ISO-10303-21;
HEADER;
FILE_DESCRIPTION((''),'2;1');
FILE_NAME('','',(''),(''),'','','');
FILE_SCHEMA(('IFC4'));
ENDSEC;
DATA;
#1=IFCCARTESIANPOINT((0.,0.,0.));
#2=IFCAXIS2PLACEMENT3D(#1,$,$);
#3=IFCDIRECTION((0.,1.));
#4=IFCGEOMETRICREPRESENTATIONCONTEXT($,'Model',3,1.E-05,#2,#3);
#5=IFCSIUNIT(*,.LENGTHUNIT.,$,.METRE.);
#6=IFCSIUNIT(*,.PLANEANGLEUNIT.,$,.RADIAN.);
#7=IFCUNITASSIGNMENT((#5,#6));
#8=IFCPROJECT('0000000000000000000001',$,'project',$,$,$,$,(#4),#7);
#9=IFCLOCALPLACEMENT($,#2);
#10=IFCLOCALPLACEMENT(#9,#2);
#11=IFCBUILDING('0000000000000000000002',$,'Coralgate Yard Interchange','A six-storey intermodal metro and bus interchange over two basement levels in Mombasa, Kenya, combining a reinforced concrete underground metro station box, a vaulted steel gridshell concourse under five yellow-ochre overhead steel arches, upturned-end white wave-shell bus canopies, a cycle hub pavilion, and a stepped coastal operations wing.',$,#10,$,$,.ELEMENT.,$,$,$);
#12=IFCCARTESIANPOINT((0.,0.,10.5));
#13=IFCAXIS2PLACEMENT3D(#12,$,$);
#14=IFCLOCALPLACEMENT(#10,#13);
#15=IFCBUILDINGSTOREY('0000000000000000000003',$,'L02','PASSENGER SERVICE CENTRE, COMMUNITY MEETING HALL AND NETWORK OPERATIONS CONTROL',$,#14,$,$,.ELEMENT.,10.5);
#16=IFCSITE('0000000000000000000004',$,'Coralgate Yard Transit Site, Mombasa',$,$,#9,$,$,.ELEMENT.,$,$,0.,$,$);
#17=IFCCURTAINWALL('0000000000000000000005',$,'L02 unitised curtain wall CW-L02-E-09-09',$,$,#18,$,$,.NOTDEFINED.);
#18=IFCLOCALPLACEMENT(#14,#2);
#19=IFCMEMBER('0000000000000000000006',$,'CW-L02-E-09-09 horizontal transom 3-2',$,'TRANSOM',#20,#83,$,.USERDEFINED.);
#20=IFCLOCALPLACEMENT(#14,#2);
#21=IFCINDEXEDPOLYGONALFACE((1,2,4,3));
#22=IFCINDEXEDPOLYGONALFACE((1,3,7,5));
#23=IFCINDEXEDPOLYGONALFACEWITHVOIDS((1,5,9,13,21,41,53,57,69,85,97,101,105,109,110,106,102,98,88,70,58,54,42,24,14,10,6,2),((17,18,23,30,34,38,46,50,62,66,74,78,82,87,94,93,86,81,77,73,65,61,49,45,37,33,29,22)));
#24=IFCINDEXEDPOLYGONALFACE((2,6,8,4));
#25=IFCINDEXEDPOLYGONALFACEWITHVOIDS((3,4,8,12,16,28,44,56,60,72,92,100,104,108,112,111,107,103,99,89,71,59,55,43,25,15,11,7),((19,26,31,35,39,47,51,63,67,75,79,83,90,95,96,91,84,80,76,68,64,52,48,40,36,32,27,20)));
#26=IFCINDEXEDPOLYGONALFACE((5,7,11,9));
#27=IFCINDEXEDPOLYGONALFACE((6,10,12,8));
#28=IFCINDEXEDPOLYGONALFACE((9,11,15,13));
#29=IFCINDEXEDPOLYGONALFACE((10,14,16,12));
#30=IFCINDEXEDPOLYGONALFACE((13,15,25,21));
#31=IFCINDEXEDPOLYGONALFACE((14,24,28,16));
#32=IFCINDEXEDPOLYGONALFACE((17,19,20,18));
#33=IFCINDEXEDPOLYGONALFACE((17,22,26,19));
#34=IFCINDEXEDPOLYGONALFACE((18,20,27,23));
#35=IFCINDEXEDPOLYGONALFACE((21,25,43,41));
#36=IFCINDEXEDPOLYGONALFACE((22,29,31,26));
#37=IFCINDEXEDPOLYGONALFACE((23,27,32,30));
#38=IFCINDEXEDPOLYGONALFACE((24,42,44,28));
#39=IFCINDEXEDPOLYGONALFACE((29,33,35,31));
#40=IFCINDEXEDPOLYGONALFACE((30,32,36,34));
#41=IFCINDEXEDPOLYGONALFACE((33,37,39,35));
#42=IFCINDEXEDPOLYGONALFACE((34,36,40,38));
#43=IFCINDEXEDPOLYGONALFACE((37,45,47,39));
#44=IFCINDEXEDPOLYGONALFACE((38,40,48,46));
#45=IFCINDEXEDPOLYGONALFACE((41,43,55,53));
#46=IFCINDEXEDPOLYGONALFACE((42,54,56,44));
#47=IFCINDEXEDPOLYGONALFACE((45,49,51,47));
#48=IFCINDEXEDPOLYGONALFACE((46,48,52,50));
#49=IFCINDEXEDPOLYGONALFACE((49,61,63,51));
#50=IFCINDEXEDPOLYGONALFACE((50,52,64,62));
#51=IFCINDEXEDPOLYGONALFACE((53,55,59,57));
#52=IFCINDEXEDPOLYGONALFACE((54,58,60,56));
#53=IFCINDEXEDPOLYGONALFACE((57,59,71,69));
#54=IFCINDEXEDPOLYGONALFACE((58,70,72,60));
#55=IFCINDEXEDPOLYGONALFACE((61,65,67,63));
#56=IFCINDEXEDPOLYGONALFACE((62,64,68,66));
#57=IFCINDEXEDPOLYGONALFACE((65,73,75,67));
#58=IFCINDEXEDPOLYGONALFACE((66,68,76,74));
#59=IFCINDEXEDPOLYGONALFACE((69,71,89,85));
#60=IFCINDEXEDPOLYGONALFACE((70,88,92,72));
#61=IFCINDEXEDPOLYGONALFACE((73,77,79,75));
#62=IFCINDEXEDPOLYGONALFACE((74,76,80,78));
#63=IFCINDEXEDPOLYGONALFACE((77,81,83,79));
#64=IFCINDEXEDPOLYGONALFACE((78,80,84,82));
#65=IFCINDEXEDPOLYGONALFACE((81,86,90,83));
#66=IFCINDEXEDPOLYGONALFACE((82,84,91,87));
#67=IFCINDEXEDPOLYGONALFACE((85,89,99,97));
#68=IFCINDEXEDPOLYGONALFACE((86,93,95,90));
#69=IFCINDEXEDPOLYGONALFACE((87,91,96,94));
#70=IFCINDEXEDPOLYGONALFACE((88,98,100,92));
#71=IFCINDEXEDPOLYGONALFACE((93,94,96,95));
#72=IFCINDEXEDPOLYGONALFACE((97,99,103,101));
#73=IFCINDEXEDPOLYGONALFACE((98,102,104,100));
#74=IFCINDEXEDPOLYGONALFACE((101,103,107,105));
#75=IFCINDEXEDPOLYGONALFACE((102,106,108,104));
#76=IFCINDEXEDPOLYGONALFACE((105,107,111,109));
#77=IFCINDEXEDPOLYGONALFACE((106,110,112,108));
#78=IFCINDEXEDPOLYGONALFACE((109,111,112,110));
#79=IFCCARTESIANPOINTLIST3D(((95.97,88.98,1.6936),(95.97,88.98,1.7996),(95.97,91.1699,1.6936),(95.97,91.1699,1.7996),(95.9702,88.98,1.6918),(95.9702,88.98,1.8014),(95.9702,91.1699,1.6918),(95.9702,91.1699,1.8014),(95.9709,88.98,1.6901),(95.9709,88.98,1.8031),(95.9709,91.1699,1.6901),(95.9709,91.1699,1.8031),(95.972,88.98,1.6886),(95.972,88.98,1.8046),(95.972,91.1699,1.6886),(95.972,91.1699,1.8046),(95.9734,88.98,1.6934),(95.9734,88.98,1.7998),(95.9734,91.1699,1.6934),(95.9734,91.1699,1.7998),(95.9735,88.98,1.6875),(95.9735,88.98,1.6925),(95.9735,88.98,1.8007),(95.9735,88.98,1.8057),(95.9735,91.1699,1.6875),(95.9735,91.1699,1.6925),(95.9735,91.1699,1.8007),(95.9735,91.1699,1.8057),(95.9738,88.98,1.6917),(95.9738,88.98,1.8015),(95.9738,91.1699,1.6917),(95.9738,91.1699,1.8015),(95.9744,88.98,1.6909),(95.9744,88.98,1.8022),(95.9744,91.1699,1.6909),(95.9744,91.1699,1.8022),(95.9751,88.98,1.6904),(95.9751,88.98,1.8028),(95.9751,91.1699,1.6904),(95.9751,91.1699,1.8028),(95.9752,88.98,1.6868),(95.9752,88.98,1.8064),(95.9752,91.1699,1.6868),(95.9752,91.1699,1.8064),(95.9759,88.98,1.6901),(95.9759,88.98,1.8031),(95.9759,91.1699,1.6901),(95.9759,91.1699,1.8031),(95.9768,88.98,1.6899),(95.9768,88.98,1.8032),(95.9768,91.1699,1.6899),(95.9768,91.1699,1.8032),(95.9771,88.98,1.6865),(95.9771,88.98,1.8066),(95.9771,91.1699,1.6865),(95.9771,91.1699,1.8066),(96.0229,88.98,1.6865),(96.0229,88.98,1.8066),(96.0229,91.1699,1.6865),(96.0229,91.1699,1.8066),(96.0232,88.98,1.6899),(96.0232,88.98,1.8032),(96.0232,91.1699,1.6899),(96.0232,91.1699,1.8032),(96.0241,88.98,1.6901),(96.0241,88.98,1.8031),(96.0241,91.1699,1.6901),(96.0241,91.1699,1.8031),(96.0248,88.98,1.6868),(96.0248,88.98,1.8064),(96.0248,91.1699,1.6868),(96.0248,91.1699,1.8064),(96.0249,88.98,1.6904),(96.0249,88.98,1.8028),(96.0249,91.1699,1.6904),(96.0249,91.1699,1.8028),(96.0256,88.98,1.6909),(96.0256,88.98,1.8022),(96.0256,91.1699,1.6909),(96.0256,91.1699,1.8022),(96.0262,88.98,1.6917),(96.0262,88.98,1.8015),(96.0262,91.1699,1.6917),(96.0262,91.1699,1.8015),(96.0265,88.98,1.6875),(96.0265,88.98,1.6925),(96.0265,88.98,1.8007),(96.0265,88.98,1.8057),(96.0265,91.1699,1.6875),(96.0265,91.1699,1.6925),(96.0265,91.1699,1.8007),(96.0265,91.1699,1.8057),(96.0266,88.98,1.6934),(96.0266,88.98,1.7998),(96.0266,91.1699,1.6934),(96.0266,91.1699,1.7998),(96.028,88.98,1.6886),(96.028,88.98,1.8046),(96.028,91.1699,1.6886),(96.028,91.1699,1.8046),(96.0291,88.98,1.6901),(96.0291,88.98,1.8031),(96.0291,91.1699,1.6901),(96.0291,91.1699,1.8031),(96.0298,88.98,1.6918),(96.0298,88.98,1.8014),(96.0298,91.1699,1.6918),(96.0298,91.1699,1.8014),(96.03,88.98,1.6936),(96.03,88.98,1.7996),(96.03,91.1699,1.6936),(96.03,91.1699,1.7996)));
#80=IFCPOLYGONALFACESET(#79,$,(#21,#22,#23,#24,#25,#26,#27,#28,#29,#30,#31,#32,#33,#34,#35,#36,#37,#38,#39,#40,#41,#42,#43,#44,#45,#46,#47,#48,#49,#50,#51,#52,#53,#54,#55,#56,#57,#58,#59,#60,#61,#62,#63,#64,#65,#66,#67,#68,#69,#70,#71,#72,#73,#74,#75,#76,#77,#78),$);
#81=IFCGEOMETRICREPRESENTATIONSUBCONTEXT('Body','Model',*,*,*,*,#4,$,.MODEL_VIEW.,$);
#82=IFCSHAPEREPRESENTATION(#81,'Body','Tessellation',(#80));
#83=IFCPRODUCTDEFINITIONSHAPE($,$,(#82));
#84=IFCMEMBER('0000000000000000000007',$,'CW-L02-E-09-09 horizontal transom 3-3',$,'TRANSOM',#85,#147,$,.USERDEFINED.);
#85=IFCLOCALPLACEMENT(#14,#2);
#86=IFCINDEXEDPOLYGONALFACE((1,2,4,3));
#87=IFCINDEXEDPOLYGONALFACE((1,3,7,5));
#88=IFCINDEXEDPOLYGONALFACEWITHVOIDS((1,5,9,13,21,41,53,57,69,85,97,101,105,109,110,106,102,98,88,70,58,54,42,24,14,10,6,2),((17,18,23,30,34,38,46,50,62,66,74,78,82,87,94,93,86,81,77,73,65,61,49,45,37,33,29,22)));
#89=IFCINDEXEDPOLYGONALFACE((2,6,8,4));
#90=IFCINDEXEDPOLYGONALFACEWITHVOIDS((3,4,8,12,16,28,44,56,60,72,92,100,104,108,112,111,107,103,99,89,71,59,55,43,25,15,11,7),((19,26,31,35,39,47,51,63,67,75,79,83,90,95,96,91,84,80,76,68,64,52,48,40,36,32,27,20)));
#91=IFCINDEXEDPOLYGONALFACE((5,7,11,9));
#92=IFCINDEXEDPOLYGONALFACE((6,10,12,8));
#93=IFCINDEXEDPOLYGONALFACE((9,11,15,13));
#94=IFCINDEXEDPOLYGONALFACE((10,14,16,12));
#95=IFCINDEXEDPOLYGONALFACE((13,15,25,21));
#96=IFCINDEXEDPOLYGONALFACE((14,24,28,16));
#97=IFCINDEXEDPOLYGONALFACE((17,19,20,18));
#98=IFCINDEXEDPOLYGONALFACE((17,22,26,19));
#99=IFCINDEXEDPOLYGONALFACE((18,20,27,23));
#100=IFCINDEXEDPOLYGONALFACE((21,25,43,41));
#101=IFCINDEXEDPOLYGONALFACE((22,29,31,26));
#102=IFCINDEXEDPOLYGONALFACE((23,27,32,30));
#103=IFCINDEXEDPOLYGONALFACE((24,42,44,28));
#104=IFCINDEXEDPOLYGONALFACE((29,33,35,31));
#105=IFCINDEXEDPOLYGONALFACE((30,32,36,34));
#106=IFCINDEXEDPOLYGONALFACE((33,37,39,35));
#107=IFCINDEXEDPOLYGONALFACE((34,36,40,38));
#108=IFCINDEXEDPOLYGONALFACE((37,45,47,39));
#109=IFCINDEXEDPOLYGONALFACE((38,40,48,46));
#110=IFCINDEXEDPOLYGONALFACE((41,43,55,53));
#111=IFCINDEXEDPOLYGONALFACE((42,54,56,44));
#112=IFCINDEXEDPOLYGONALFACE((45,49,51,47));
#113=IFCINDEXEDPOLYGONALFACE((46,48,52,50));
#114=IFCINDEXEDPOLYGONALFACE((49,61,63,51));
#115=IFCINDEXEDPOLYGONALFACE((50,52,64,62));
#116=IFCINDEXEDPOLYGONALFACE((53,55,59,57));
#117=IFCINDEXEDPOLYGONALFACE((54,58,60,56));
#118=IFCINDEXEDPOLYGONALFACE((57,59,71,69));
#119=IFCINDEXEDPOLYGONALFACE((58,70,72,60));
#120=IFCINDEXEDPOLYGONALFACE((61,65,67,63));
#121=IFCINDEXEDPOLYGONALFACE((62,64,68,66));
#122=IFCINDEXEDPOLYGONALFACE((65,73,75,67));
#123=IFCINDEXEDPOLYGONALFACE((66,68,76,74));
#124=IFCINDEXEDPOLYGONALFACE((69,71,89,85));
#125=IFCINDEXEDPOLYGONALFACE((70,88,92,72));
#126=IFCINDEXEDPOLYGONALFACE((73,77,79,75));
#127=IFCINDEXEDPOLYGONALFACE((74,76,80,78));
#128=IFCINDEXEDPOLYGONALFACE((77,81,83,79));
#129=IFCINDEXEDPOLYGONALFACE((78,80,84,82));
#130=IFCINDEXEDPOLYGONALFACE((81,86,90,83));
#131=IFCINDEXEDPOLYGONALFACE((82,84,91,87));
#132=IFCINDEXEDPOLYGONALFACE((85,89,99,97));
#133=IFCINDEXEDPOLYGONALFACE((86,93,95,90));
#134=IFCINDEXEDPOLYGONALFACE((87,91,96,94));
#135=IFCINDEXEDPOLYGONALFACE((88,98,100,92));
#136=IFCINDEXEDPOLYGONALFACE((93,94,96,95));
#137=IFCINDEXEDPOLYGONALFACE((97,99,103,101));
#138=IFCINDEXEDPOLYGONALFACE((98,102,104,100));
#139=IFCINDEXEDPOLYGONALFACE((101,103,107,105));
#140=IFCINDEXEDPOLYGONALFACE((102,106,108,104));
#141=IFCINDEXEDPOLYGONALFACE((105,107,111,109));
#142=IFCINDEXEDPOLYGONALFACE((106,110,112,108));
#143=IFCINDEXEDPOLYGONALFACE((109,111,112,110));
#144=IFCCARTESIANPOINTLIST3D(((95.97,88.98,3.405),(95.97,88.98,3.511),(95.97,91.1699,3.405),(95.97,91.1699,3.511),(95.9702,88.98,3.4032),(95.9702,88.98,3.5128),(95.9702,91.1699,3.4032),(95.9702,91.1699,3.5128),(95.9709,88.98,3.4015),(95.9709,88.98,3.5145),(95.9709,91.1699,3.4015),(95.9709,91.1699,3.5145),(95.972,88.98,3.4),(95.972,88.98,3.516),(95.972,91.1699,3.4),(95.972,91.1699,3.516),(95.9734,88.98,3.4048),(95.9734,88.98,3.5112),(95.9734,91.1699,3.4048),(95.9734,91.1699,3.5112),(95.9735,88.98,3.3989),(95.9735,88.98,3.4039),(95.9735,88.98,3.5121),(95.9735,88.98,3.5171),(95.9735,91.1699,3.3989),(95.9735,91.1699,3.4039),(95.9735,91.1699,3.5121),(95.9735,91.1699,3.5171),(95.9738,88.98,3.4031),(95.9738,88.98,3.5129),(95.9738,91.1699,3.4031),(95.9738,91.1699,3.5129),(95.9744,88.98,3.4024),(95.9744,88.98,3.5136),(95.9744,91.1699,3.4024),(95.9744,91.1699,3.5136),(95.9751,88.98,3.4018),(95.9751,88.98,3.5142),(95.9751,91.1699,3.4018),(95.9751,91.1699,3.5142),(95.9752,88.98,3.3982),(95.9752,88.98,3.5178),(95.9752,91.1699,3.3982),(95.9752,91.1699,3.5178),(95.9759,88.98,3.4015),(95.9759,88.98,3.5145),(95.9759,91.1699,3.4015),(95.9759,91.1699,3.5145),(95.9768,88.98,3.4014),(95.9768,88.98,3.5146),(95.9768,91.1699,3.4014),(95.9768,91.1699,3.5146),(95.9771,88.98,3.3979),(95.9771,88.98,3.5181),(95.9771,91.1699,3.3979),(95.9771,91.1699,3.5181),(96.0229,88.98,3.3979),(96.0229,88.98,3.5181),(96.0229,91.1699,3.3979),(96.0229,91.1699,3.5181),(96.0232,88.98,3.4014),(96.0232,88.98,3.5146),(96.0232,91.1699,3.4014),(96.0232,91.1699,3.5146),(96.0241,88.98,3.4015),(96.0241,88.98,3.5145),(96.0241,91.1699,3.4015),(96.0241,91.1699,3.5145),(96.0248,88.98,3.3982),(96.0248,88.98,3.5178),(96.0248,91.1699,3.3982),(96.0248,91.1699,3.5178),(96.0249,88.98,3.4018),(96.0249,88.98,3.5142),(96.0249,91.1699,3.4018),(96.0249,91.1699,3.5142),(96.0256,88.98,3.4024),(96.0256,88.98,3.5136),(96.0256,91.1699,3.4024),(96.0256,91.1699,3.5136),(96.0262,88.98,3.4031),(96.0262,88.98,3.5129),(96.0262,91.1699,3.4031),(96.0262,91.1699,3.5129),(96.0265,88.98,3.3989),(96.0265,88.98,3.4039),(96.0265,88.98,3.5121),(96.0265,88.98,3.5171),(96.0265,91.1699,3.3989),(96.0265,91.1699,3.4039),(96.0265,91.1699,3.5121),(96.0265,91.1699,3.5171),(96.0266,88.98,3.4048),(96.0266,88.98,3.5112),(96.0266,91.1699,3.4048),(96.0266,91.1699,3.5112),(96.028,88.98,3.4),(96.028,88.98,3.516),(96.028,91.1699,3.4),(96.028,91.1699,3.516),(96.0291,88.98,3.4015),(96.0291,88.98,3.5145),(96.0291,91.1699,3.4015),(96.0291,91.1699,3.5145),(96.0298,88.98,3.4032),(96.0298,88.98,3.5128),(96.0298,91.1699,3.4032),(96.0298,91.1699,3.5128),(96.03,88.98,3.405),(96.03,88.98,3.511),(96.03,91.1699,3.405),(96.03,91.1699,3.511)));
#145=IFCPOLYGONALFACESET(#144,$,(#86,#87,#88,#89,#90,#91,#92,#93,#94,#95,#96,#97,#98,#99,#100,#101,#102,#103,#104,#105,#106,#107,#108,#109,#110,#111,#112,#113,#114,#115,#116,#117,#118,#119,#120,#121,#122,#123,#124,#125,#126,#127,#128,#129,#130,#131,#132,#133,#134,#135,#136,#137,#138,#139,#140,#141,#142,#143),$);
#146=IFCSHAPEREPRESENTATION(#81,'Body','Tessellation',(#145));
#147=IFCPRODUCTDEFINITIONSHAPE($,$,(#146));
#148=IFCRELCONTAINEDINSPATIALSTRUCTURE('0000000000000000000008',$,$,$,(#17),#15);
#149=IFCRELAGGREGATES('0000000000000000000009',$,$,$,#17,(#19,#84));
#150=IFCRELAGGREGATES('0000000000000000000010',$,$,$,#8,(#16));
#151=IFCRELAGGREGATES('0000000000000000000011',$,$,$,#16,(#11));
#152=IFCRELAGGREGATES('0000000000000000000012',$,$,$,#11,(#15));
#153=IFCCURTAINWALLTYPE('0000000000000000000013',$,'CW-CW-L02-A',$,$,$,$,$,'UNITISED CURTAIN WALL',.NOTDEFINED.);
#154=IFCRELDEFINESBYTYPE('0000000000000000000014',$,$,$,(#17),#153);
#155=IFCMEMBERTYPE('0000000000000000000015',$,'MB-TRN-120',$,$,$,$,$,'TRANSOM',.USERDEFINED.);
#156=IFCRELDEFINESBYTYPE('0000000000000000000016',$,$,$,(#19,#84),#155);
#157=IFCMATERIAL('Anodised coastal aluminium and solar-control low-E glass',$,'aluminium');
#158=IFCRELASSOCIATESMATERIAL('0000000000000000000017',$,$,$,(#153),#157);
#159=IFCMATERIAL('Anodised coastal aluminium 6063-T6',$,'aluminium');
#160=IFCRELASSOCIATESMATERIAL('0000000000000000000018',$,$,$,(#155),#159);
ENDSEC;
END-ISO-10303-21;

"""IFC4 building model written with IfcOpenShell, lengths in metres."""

from ifc_helpers import new_model, si_unit, direction, frame, origin, origin_2d, place, context, subcontext, project, spatial, hollow_rectangle, extrude, material, material_profile, profile_set, type_object, element, aggregate, save


model = new_model("IFC4")

# Units and contexts
model_context = context("Model", 3, precision=1e-05, world=origin(), true_north=direction((0.0, 1.0)))
body_context = subcontext(model_context, "Body", "Model", "MODEL_VIEW")
ifc_project = project(units=[si_unit("LENGTHUNIT", "METRE"), si_unit("PLANEANGLEUNIT", "RADIAN")], contexts=[model_context])

# Site, building, storey
site_placement = place(None, origin())
site = spatial("IfcSite", under=ifc_project, at=site_placement, Name="Coralgate Yard Transit Site, Mombasa", CompositionType="ELEMENT", RefElevation=0.0)
building_placement = place(site_placement, origin())
building = spatial("IfcBuilding", under=site, at=building_placement, Name="Coralgate Yard Interchange", Description="A six-storey intermodal metro and bus interchange over two basement levels in Mombasa, Kenya, combining a reinforced concrete underground metro station box, a vaulted steel gridshell concourse under five yellow-ochre overhead steel arches, upturned-end white wave-shell bus canopies, a cycle hub pavilion, and a stepped coastal operations wing.", CompositionType="ELEMENT")
storey_placement = place(building_placement, frame((0.0, 0.0, 10.5)))
storey = spatial("IfcBuildingStorey", under=building, at=storey_placement, Name="L02", Description="PASSENGER SERVICE CENTRE, COMMUNITY MEETING HALL AND NETWORK OPERATIONS CONTROL", CompositionType="ELEMENT", Elevation=10.5)

# Shared definitions
ifc_material_1 = material(Name="Anodised coastal aluminium and solar-control low-E glass", Category="aluminium")
curtain_wall_type = type_object("IfcCurtainWallType", Name="CW-CW-L02-A", ElementType="UNITISED CURTAIN WALL", PredefinedType="NOTDEFINED", material=ifc_material_1)
ifc_material_2 = material(Name="Anodised coastal aluminium 6063-T6", Category="aluminium")

# Curtain wall
curtain_wall_1_placement = place(storey_placement, origin())
curtain_wall_1 = element("IfcCurtainWall", 1, at=curtain_wall_1_placement, inside=storey, type_object=curtain_wall_type, Name="L02 unitised curtain wall CW-L02-E-09-09", PredefinedType="NOTDEFINED")

# Members
ifc_material_profile_1 = material_profile(ifc_material_2, hollow_rectangle(XDim=0.0601, YDim=0.1201, WallThickness=0.0034, InnerFilletRadius=0.0034, OuterFilletRadius=0.0071, at=origin_2d()), Name="ALU 60x120x3.5")
ifc_profile_set_1 = profile_set([ifc_material_profile_1], Name="Anodised coastal aluminium 6063-T6")
member_type_1 = type_object("IfcMemberType", Name="MB-TRN-120", ElementType="TRANSOM", PredefinedType="USERDEFINED", material=ifc_profile_set_1)
member_1_placement = place(storey_placement, frame((96.0, 91.1699, 1.7466), z_axis=(0.0, -1.0, 0.0), x_axis=(1.0, 0.0, 0.0)))
member_1 = element("IfcMember", 2, at=member_1_placement, type_object=member_type_1, Name="CW-L02-E-09-09 horizontal transom 3-2", ObjectType="TRANSOM", PredefinedType="USERDEFINED", context=body_context, shape_type="SweptSolid", body=[
    extrude(hollow_rectangle(XDim=0.0601, YDim=0.1201, WallThickness=0.0034, InnerFilletRadius=0.0034, OuterFilletRadius=0.0071, at=origin_2d()), origin(), (0.0, 0.0, 1.0), 2.1899),
])
member_2_placement = place(storey_placement, frame((96.0, 91.1699, 3.458), z_axis=(0.0, -1.0, 0.0), x_axis=(1.0, 0.0, 0.0)))
member_2 = element("IfcMember", 3, at=member_2_placement, type_object=member_type_1, Name="CW-L02-E-09-09 horizontal transom 3-3", ObjectType="TRANSOM", PredefinedType="USERDEFINED", context=body_context, shape_type="SweptSolid", body=[
    extrude(hollow_rectangle(XDim=0.0601, YDim=0.1201, WallThickness=0.0034, InnerFilletRadius=0.0034, OuterFilletRadius=0.0071, at=origin_2d()), origin(), (0.0, 0.0, 1.0), 2.1899),
])

aggregate(curtain_wall_1, [member_1, member_2])

save(model, "model.ifc")
